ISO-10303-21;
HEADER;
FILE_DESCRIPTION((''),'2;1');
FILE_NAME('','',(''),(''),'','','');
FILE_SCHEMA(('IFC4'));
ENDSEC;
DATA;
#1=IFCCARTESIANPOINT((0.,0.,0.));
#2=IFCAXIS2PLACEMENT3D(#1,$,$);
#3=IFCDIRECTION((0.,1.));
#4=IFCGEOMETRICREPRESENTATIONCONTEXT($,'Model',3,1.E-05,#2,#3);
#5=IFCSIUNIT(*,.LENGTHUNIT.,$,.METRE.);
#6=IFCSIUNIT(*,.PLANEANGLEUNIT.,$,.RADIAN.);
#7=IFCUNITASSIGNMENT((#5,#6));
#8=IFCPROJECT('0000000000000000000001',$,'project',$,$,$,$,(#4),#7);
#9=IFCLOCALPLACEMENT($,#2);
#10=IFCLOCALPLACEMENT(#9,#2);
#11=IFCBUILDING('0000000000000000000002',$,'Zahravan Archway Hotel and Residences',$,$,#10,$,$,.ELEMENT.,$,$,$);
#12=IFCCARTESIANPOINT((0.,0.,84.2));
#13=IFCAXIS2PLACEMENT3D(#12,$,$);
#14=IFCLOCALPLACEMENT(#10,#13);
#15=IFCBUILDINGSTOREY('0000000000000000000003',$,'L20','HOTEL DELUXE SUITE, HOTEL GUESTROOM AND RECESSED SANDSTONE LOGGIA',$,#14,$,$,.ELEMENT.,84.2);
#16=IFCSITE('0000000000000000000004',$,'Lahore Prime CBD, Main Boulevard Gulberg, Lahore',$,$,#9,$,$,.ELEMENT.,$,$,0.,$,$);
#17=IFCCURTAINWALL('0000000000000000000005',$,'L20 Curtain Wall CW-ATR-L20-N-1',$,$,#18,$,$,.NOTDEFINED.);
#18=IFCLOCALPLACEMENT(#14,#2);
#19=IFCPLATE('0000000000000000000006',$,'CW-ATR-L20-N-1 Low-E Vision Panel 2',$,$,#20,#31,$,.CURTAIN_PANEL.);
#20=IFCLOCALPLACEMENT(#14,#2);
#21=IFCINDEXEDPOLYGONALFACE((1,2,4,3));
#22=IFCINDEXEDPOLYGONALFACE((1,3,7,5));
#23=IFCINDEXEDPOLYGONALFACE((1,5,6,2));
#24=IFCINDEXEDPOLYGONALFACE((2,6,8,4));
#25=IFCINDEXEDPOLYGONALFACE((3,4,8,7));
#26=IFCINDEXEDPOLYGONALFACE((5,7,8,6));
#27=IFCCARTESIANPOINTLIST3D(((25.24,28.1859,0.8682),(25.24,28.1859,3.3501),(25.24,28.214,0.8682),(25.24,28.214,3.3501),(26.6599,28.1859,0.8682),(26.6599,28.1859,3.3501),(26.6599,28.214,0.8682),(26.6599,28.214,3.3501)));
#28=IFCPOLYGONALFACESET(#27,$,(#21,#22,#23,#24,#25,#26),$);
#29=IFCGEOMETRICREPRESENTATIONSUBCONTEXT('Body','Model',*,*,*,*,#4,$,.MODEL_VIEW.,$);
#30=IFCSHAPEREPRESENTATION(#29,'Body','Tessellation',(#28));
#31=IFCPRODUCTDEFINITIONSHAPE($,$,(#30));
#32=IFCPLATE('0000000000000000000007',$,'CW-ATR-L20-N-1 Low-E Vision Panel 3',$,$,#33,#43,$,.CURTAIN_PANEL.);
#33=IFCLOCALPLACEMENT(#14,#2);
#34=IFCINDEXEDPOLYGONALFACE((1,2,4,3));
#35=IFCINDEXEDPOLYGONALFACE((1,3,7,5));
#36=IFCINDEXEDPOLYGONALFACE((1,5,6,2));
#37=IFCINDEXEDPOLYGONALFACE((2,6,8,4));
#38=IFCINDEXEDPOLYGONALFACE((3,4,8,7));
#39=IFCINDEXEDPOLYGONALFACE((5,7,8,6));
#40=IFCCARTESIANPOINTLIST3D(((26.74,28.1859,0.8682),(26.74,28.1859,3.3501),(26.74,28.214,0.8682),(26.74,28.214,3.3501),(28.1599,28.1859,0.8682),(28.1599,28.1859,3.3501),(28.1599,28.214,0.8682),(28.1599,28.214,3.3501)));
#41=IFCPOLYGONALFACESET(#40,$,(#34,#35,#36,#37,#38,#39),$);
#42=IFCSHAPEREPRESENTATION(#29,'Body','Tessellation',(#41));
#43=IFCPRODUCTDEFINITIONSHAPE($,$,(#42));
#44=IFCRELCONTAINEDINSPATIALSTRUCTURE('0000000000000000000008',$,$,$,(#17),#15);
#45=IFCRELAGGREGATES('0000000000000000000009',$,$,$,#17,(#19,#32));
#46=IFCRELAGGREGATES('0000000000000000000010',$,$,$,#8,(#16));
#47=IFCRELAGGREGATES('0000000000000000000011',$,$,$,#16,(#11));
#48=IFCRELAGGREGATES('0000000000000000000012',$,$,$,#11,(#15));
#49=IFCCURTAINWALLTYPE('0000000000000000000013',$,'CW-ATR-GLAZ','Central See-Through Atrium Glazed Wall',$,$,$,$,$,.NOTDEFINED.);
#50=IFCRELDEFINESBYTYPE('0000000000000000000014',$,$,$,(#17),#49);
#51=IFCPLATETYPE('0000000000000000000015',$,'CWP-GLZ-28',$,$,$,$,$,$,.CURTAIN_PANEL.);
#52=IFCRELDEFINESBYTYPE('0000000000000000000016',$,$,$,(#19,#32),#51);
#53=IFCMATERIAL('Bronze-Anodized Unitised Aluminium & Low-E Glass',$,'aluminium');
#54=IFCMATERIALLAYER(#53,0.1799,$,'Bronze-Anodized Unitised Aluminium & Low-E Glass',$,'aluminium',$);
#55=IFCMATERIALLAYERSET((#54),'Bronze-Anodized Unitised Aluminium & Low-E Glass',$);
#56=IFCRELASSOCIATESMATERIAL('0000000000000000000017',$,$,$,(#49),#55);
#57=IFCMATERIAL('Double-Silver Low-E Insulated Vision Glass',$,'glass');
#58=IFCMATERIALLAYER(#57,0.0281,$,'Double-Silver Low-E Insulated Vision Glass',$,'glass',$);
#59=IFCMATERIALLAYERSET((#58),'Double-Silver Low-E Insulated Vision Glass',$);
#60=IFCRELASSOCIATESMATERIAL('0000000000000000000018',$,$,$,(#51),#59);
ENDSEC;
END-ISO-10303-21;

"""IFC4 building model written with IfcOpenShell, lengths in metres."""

from ifc_helpers import new_model, si_unit, direction, frame, origin, origin_2d, place, context, subcontext, project, spatial, rectangle, extrude, source, transform, mapped, material, layer, layer_set, type_object, element, aggregate, save


model = new_model("IFC4")

# Units and contexts
model_context = context("Model", 3, precision=1e-05, world=origin(), true_north=direction((0.0, 1.0)))
body_context = subcontext(model_context, "Body", "Model", "MODEL_VIEW")
ifc_project = project(units=[si_unit("LENGTHUNIT", "METRE"), si_unit("PLANEANGLEUNIT", "RADIAN")], contexts=[model_context])

# Site, building, storey
site_placement = place(None, origin())
site = spatial("IfcSite", under=ifc_project, at=site_placement, Name="Lahore Prime CBD, Main Boulevard Gulberg, Lahore", CompositionType="ELEMENT", RefElevation=0.0)
building_placement = place(site_placement, origin())
building = spatial("IfcBuilding", under=site, at=building_placement, Name="Zahravan Archway Hotel and Residences", CompositionType="ELEMENT")
storey_placement = place(building_placement, frame((0.0, 0.0, 84.2)))
storey = spatial("IfcBuildingStorey", under=building, at=storey_placement, Name="L20", Description="HOTEL DELUXE SUITE, HOTEL GUESTROOM AND RECESSED SANDSTONE LOGGIA", CompositionType="ELEMENT", Elevation=84.2)

# Curtain wall
ifc_material_1 = material(Name="Bronze-Anodized Unitised Aluminium & Low-E Glass", Category="aluminium")
ifc_layer_1 = layer(ifc_material_1, 0.1799, Name="Bronze-Anodized Unitised Aluminium & Low-E Glass", Category="aluminium")
ifc_layer_set_1 = layer_set([ifc_layer_1], Name="Bronze-Anodized Unitised Aluminium & Low-E Glass")
curtain_wall_type_1 = type_object("IfcCurtainWallType", Name="CW-ATR-GLAZ", Description="Central See-Through Atrium Glazed Wall", PredefinedType="NOTDEFINED", material=ifc_layer_set_1)
curtain_wall_1_placement = place(storey_placement, origin())
curtain_wall_1 = element("IfcCurtainWall", 1, at=curtain_wall_1_placement, inside=storey, type_object=curtain_wall_type_1, Name="L20 Curtain Wall CW-ATR-L20-N-1", PredefinedType="NOTDEFINED")

# Plates
ifc_material_2 = material(Name="Double-Silver Low-E Insulated Vision Glass", Category="glass")
ifc_layer_2 = layer(ifc_material_2, 0.0281, Name="Double-Silver Low-E Insulated Vision Glass", Category="glass")
ifc_layer_set_2 = layer_set([ifc_layer_2], Name="Double-Silver Low-E Insulated Vision Glass")
plate_type_1 = type_object("IfcPlateType", Name="CWP-GLZ-28", PredefinedType="CURTAIN_PANEL", material=ifc_layer_set_2)
shared_shape_1 = source(origin(), body_context, "Body", "SweptSolid", [
    extrude(rectangle(XDim=1.4199, YDim=0.0281, at=origin_2d()), origin(), (0.0, 0.0, 1.0), 2.4819),
])
plate_1_placement = place(storey_placement, frame((25.95, 28.2, 0.8682), z_axis=(0.0, 0.0, 1.0), x_axis=(1.0, 0.0, 0.0)))
plate_1 = element("IfcPlate", 2, at=plate_1_placement, type_object=plate_type_1, Name="CW-ATR-L20-N-1 Low-E Vision Panel 2", PredefinedType="CURTAIN_PANEL", context=body_context, shape_type="MappedRepresentation", body=[
    mapped(shared_shape_1, transform((0.0, 0.0, 0.0), scale=1.0)),
])
plate_2_placement = place(storey_placement, frame((27.45, 28.2, 0.8682), z_axis=(0.0, 0.0, 1.0), x_axis=(1.0, 0.0, 0.0)))
plate_2 = element("IfcPlate", 3, at=plate_2_placement, type_object=plate_type_1, Name="CW-ATR-L20-N-1 Low-E Vision Panel 3", PredefinedType="CURTAIN_PANEL", context=body_context, shape_type="MappedRepresentation", body=[
    mapped(shared_shape_1, transform((0.0, 0.0, 0.0), scale=1.0)),
])
aggregate(curtain_wall_1, [plate_1, plate_2])

save(model, "model.ifc")
